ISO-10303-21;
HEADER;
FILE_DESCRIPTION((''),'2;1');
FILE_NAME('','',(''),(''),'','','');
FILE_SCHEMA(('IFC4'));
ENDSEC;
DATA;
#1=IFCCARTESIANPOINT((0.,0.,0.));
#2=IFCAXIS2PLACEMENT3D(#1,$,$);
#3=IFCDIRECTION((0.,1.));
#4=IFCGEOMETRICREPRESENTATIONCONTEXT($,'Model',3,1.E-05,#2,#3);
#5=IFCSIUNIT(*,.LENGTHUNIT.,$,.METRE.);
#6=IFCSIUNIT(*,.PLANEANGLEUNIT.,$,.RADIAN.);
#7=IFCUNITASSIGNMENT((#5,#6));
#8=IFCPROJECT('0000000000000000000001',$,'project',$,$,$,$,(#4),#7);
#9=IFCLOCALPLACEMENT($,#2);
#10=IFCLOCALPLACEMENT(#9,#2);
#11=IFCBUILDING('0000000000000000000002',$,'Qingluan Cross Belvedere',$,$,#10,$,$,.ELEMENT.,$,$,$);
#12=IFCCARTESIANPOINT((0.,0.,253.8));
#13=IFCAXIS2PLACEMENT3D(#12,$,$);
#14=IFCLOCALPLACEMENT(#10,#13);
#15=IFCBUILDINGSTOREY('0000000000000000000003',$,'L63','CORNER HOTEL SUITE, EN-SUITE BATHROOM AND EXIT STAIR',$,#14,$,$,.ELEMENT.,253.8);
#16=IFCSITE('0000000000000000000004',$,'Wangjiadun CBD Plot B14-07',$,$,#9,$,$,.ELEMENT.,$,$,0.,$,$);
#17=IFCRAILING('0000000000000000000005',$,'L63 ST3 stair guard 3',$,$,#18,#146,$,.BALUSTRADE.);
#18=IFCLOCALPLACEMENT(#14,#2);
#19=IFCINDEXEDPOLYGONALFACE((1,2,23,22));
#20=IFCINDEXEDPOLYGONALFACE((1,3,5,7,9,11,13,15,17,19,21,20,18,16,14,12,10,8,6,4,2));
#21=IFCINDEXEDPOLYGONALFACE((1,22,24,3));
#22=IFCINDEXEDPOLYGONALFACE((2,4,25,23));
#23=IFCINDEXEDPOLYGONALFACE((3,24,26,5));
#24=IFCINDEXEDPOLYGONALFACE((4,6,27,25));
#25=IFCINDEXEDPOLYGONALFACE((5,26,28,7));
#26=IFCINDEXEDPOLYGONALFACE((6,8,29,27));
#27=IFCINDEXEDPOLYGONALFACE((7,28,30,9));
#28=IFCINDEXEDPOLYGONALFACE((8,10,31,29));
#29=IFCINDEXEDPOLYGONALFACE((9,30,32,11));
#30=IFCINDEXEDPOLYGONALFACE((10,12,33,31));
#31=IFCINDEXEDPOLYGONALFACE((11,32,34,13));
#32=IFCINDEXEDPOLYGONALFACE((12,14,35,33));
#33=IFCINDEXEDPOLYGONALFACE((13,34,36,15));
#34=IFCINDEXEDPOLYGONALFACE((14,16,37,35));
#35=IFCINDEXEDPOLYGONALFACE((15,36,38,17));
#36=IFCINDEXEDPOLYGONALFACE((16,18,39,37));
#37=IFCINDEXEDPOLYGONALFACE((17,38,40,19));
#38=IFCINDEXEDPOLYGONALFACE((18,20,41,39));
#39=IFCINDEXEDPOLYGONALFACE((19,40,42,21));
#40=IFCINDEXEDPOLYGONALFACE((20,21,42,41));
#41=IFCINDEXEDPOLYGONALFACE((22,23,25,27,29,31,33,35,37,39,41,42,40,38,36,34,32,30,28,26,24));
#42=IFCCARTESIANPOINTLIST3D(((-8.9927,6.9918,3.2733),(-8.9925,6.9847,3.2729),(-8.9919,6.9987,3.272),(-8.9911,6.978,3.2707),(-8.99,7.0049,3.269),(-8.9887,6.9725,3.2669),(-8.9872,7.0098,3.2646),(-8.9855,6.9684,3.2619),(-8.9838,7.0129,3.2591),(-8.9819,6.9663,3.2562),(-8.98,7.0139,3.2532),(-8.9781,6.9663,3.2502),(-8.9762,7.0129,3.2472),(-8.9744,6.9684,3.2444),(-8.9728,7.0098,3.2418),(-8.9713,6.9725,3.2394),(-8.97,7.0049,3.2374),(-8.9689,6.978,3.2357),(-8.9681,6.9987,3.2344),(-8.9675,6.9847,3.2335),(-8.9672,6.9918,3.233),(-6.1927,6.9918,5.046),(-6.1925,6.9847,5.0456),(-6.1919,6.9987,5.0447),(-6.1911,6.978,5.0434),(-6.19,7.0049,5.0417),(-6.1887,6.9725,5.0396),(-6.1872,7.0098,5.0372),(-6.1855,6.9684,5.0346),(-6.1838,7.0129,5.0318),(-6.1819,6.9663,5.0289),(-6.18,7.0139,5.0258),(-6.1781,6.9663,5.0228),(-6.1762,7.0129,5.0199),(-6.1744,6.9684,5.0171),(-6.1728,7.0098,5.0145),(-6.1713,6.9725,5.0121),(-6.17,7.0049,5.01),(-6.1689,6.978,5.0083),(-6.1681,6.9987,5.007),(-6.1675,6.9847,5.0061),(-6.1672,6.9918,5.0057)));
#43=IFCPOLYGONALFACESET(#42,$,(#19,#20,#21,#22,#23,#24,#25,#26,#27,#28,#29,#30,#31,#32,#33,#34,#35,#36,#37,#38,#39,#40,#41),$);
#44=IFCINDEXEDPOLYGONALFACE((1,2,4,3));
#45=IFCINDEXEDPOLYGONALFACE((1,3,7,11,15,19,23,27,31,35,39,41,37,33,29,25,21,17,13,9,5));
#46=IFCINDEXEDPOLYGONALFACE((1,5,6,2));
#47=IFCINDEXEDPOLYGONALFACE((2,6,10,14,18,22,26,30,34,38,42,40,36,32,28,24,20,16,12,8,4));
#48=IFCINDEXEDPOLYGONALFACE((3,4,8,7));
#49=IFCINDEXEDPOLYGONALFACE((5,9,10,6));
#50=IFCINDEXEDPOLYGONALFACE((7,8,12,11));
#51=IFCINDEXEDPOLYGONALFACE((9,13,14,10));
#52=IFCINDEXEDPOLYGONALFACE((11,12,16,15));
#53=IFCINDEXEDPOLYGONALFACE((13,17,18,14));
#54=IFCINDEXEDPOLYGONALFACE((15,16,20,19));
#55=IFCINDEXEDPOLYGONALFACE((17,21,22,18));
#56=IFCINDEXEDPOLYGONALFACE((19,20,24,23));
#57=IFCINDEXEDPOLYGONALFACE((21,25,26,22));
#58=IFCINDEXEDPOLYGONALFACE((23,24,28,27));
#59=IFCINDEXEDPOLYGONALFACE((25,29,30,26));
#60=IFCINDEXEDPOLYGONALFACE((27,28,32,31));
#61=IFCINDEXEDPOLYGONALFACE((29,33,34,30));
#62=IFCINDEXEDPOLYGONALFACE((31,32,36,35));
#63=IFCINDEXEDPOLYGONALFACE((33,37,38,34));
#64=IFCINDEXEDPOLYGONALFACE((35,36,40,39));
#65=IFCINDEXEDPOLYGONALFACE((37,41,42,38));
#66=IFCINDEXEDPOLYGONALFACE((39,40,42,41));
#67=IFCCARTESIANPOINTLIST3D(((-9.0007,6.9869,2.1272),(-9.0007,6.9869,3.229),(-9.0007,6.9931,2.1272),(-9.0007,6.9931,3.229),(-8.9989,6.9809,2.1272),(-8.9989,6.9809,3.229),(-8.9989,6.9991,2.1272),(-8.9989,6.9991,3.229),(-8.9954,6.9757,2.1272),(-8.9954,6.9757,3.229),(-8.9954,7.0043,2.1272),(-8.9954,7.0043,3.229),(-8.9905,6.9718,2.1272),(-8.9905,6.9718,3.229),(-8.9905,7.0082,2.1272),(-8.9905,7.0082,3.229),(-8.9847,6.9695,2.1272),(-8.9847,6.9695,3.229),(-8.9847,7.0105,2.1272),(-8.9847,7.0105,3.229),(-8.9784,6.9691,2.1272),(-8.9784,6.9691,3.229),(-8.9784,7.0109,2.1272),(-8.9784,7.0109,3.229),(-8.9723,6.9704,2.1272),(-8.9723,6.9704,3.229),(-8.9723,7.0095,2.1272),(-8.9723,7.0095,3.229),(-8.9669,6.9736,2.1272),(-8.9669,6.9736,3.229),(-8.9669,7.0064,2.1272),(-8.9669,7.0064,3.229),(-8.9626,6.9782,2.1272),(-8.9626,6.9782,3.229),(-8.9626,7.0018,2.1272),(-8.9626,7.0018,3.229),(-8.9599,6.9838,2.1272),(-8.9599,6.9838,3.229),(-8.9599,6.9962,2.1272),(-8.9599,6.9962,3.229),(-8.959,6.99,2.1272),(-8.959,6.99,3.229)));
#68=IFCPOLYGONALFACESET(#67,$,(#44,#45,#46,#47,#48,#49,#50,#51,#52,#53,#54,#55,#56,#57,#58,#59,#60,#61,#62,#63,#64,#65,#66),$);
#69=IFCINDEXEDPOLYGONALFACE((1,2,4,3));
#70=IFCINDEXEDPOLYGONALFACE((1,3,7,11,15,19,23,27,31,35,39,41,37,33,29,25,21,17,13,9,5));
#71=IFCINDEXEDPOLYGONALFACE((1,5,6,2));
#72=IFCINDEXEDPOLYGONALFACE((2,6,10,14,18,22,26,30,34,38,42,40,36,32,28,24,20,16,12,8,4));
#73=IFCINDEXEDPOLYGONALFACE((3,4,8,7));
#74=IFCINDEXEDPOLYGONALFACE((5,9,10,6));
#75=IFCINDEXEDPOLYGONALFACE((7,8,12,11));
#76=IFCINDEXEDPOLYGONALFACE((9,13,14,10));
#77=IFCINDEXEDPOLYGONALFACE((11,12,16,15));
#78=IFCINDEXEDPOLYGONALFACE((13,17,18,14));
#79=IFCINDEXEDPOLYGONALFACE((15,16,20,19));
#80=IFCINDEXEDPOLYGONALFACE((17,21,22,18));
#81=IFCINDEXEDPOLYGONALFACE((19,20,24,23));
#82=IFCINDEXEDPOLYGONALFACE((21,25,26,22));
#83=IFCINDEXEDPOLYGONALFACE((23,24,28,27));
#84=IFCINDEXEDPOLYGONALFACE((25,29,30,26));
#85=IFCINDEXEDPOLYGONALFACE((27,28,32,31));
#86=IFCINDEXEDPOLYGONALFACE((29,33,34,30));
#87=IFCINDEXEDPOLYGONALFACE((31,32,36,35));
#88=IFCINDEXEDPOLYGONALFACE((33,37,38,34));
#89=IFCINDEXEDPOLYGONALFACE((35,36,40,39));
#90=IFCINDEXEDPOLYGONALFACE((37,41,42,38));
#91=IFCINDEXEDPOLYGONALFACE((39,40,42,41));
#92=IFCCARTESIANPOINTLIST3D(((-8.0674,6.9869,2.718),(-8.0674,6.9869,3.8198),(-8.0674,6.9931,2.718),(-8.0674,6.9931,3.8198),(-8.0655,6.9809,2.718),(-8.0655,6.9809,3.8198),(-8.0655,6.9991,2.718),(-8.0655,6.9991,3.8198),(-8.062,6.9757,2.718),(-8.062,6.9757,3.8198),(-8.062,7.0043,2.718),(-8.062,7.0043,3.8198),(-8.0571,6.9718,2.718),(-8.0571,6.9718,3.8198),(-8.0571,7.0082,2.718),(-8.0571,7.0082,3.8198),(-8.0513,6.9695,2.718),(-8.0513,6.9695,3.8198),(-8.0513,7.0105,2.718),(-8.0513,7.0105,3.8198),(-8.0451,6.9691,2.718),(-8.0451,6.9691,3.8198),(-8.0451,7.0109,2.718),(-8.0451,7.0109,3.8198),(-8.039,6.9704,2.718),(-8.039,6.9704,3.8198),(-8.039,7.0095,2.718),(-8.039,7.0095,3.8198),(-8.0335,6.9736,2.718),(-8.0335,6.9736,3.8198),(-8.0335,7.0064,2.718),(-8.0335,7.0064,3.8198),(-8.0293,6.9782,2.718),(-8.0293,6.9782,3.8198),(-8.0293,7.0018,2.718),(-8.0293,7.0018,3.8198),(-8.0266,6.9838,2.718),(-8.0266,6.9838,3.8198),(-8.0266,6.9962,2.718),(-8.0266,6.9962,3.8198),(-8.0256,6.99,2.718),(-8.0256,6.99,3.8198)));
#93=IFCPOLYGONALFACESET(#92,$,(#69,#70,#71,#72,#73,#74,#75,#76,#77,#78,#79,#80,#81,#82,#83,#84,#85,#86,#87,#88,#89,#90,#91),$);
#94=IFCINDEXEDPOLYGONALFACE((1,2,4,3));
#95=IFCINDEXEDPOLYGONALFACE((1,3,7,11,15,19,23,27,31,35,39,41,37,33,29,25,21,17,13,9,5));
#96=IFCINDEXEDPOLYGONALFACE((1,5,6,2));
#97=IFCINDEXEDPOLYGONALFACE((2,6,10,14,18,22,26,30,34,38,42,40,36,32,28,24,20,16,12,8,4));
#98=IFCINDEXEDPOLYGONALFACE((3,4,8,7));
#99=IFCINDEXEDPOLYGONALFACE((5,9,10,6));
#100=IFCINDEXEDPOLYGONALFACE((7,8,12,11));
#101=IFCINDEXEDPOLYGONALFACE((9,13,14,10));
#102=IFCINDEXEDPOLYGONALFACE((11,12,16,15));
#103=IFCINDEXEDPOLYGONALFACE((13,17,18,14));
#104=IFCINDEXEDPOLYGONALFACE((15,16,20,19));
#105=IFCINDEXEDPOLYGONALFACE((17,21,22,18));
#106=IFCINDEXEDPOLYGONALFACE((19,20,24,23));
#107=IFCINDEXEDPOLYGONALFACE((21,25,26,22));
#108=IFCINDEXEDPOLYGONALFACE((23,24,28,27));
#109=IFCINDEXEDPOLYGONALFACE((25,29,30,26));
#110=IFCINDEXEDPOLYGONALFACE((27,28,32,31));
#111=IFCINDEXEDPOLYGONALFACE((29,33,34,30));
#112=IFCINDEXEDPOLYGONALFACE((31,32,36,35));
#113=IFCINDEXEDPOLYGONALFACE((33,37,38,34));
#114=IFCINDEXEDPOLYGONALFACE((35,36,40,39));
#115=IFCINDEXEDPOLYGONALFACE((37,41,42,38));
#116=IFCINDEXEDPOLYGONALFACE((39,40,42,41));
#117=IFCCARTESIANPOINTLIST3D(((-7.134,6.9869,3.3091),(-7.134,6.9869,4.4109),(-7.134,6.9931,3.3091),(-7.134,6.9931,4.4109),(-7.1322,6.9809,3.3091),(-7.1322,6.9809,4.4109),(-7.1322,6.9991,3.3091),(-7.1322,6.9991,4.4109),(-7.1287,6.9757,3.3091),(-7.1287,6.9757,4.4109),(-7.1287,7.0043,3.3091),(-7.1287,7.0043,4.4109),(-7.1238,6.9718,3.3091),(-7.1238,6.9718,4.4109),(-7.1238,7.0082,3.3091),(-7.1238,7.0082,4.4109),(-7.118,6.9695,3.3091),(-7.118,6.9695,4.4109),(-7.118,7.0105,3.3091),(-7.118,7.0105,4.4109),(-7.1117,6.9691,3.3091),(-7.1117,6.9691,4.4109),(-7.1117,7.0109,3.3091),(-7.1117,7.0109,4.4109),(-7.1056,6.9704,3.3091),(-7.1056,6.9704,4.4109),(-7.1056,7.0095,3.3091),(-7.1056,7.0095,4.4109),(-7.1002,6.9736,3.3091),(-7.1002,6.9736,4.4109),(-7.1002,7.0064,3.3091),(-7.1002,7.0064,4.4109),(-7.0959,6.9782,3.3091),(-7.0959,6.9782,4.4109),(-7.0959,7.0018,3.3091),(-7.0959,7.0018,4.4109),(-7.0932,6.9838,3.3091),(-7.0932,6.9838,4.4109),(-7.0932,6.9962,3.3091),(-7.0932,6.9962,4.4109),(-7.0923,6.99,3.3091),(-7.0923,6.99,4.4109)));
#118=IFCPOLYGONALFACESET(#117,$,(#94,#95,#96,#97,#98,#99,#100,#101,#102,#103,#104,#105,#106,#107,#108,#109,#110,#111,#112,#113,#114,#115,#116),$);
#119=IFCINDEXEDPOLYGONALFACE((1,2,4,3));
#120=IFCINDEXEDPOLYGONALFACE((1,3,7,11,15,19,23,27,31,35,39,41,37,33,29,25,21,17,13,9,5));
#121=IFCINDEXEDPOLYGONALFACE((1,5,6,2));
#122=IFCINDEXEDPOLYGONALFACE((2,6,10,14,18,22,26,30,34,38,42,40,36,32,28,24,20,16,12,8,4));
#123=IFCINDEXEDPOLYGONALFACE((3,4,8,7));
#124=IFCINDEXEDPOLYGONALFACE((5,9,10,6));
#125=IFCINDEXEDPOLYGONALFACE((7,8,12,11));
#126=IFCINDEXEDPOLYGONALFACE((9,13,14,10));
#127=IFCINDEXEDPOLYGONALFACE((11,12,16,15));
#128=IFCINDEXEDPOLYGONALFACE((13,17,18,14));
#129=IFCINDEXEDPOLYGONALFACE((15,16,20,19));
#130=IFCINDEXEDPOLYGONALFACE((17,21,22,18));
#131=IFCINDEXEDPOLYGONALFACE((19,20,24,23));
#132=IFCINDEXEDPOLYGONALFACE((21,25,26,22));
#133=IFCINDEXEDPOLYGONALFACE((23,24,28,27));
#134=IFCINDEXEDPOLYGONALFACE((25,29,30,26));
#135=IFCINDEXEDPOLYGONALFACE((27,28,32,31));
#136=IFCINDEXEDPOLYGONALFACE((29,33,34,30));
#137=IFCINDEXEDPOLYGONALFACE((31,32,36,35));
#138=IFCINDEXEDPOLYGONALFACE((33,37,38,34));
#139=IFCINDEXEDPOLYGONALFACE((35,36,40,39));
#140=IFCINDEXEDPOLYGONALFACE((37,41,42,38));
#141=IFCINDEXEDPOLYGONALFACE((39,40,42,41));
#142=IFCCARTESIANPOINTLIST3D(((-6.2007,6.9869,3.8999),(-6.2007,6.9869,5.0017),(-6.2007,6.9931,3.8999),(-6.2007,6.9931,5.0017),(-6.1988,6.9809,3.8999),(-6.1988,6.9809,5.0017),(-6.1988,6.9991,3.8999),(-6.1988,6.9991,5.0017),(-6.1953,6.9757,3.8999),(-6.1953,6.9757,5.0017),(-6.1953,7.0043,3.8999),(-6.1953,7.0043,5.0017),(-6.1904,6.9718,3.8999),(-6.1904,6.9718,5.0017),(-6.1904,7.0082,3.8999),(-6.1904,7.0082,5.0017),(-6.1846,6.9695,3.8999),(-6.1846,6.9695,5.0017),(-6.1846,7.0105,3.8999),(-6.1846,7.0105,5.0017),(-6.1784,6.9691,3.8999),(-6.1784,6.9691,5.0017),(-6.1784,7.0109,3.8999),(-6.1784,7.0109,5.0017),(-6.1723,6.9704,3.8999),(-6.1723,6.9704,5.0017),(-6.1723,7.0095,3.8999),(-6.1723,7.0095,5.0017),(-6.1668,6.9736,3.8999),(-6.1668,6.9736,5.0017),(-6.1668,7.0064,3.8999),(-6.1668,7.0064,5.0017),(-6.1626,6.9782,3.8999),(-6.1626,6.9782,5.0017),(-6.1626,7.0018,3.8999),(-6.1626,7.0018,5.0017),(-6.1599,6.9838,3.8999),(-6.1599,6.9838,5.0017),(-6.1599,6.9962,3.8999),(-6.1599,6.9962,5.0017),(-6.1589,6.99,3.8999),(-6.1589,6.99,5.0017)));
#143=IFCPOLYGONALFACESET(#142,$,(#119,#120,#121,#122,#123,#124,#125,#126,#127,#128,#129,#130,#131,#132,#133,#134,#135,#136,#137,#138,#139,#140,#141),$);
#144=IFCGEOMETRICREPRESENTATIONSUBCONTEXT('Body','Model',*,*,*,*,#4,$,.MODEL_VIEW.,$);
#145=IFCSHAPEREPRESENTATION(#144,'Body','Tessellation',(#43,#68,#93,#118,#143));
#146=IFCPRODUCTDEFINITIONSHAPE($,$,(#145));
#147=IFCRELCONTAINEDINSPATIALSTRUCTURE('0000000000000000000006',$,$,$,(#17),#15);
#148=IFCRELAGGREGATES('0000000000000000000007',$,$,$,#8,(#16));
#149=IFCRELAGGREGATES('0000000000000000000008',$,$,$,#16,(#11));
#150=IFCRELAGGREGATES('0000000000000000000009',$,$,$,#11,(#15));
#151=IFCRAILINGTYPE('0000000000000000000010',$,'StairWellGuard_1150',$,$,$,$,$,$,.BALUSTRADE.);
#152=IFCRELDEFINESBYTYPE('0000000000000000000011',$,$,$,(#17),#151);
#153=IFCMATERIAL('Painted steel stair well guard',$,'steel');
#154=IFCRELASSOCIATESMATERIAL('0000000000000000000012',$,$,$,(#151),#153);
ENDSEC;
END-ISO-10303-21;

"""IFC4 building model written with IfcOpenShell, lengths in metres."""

from ifc_helpers import new_model, si_unit, direction, frame, origin, origin_2d, place, context, subcontext, project, spatial, circle, extrude, material, type_object, element, save


model = new_model("IFC4")

# Units and contexts
model_context = context("Model", 3, precision=1e-05, world=origin(), true_north=direction((0.0, 1.0)))
body_context = subcontext(model_context, "Body", "Model", "MODEL_VIEW")
ifc_project = project(units=[si_unit("LENGTHUNIT", "METRE"), si_unit("PLANEANGLEUNIT", "RADIAN")], contexts=[model_context])

# Site, building, storey
site_placement = place(None, origin())
site = spatial("IfcSite", under=ifc_project, at=site_placement, Name="Wangjiadun CBD Plot B14-07", CompositionType="ELEMENT", RefElevation=0.0)
building_placement = place(site_placement, origin())
building = spatial("IfcBuilding", under=site, at=building_placement, Name="Qingluan Cross Belvedere", CompositionType="ELEMENT")
storey_placement = place(building_placement, frame((0.0, 0.0, 253.8)))
storey = spatial("IfcBuildingStorey", under=building, at=storey_placement, Name="L63", Description="CORNER HOTEL SUITE, EN-SUITE BATHROOM AND EXIT STAIR", CompositionType="ELEMENT", Elevation=253.8)

# Railing
ifc_material_1 = material(Name="Painted steel stair well guard", Category="steel")
railing_type_1 = type_object("IfcRailingType", Name="StairWellGuard_1150", PredefinedType="BALUSTRADE", material=ifc_material_1)
railing_1_placement = place(storey_placement, frame((-8.98, 6.99, 2.1272)))
element("IfcRailing", 1, at=railing_1_placement, inside=storey, type_object=railing_type_1, Name="L63 ST3 stair guard 3", PredefinedType="BALUSTRADE", context=body_context, shape_type="SweptSolid", body=[
    extrude(circle(Radius=0.0239, at=origin_2d()), frame((0.0, 0.0, 1.126), z_axis=(0.844909, 0.0, 0.53491), x_axis=(0.0, 1.0, 0.0)), (0.0, 0.0, 1.0), 3.314),
    extrude(circle(Radius=0.021, at=origin_2d()), origin(), (0.0, 0.0, 1.0), 1.1018),
    extrude(circle(Radius=0.021, at=origin_2d()), frame((0.9333, 0.0, 0.5908)), (0.0, 0.0, 1.0), 1.1018),
    extrude(circle(Radius=0.021, at=origin_2d()), frame((1.8667, 0.0, 1.1819)), (0.0, 0.0, 1.0), 1.1018),
    extrude(circle(Radius=0.021, at=origin_2d()), frame((2.8, 0.0, 1.7727)), (0.0, 0.0, 1.0), 1.1018),
])

save(model, "model.ifc")
